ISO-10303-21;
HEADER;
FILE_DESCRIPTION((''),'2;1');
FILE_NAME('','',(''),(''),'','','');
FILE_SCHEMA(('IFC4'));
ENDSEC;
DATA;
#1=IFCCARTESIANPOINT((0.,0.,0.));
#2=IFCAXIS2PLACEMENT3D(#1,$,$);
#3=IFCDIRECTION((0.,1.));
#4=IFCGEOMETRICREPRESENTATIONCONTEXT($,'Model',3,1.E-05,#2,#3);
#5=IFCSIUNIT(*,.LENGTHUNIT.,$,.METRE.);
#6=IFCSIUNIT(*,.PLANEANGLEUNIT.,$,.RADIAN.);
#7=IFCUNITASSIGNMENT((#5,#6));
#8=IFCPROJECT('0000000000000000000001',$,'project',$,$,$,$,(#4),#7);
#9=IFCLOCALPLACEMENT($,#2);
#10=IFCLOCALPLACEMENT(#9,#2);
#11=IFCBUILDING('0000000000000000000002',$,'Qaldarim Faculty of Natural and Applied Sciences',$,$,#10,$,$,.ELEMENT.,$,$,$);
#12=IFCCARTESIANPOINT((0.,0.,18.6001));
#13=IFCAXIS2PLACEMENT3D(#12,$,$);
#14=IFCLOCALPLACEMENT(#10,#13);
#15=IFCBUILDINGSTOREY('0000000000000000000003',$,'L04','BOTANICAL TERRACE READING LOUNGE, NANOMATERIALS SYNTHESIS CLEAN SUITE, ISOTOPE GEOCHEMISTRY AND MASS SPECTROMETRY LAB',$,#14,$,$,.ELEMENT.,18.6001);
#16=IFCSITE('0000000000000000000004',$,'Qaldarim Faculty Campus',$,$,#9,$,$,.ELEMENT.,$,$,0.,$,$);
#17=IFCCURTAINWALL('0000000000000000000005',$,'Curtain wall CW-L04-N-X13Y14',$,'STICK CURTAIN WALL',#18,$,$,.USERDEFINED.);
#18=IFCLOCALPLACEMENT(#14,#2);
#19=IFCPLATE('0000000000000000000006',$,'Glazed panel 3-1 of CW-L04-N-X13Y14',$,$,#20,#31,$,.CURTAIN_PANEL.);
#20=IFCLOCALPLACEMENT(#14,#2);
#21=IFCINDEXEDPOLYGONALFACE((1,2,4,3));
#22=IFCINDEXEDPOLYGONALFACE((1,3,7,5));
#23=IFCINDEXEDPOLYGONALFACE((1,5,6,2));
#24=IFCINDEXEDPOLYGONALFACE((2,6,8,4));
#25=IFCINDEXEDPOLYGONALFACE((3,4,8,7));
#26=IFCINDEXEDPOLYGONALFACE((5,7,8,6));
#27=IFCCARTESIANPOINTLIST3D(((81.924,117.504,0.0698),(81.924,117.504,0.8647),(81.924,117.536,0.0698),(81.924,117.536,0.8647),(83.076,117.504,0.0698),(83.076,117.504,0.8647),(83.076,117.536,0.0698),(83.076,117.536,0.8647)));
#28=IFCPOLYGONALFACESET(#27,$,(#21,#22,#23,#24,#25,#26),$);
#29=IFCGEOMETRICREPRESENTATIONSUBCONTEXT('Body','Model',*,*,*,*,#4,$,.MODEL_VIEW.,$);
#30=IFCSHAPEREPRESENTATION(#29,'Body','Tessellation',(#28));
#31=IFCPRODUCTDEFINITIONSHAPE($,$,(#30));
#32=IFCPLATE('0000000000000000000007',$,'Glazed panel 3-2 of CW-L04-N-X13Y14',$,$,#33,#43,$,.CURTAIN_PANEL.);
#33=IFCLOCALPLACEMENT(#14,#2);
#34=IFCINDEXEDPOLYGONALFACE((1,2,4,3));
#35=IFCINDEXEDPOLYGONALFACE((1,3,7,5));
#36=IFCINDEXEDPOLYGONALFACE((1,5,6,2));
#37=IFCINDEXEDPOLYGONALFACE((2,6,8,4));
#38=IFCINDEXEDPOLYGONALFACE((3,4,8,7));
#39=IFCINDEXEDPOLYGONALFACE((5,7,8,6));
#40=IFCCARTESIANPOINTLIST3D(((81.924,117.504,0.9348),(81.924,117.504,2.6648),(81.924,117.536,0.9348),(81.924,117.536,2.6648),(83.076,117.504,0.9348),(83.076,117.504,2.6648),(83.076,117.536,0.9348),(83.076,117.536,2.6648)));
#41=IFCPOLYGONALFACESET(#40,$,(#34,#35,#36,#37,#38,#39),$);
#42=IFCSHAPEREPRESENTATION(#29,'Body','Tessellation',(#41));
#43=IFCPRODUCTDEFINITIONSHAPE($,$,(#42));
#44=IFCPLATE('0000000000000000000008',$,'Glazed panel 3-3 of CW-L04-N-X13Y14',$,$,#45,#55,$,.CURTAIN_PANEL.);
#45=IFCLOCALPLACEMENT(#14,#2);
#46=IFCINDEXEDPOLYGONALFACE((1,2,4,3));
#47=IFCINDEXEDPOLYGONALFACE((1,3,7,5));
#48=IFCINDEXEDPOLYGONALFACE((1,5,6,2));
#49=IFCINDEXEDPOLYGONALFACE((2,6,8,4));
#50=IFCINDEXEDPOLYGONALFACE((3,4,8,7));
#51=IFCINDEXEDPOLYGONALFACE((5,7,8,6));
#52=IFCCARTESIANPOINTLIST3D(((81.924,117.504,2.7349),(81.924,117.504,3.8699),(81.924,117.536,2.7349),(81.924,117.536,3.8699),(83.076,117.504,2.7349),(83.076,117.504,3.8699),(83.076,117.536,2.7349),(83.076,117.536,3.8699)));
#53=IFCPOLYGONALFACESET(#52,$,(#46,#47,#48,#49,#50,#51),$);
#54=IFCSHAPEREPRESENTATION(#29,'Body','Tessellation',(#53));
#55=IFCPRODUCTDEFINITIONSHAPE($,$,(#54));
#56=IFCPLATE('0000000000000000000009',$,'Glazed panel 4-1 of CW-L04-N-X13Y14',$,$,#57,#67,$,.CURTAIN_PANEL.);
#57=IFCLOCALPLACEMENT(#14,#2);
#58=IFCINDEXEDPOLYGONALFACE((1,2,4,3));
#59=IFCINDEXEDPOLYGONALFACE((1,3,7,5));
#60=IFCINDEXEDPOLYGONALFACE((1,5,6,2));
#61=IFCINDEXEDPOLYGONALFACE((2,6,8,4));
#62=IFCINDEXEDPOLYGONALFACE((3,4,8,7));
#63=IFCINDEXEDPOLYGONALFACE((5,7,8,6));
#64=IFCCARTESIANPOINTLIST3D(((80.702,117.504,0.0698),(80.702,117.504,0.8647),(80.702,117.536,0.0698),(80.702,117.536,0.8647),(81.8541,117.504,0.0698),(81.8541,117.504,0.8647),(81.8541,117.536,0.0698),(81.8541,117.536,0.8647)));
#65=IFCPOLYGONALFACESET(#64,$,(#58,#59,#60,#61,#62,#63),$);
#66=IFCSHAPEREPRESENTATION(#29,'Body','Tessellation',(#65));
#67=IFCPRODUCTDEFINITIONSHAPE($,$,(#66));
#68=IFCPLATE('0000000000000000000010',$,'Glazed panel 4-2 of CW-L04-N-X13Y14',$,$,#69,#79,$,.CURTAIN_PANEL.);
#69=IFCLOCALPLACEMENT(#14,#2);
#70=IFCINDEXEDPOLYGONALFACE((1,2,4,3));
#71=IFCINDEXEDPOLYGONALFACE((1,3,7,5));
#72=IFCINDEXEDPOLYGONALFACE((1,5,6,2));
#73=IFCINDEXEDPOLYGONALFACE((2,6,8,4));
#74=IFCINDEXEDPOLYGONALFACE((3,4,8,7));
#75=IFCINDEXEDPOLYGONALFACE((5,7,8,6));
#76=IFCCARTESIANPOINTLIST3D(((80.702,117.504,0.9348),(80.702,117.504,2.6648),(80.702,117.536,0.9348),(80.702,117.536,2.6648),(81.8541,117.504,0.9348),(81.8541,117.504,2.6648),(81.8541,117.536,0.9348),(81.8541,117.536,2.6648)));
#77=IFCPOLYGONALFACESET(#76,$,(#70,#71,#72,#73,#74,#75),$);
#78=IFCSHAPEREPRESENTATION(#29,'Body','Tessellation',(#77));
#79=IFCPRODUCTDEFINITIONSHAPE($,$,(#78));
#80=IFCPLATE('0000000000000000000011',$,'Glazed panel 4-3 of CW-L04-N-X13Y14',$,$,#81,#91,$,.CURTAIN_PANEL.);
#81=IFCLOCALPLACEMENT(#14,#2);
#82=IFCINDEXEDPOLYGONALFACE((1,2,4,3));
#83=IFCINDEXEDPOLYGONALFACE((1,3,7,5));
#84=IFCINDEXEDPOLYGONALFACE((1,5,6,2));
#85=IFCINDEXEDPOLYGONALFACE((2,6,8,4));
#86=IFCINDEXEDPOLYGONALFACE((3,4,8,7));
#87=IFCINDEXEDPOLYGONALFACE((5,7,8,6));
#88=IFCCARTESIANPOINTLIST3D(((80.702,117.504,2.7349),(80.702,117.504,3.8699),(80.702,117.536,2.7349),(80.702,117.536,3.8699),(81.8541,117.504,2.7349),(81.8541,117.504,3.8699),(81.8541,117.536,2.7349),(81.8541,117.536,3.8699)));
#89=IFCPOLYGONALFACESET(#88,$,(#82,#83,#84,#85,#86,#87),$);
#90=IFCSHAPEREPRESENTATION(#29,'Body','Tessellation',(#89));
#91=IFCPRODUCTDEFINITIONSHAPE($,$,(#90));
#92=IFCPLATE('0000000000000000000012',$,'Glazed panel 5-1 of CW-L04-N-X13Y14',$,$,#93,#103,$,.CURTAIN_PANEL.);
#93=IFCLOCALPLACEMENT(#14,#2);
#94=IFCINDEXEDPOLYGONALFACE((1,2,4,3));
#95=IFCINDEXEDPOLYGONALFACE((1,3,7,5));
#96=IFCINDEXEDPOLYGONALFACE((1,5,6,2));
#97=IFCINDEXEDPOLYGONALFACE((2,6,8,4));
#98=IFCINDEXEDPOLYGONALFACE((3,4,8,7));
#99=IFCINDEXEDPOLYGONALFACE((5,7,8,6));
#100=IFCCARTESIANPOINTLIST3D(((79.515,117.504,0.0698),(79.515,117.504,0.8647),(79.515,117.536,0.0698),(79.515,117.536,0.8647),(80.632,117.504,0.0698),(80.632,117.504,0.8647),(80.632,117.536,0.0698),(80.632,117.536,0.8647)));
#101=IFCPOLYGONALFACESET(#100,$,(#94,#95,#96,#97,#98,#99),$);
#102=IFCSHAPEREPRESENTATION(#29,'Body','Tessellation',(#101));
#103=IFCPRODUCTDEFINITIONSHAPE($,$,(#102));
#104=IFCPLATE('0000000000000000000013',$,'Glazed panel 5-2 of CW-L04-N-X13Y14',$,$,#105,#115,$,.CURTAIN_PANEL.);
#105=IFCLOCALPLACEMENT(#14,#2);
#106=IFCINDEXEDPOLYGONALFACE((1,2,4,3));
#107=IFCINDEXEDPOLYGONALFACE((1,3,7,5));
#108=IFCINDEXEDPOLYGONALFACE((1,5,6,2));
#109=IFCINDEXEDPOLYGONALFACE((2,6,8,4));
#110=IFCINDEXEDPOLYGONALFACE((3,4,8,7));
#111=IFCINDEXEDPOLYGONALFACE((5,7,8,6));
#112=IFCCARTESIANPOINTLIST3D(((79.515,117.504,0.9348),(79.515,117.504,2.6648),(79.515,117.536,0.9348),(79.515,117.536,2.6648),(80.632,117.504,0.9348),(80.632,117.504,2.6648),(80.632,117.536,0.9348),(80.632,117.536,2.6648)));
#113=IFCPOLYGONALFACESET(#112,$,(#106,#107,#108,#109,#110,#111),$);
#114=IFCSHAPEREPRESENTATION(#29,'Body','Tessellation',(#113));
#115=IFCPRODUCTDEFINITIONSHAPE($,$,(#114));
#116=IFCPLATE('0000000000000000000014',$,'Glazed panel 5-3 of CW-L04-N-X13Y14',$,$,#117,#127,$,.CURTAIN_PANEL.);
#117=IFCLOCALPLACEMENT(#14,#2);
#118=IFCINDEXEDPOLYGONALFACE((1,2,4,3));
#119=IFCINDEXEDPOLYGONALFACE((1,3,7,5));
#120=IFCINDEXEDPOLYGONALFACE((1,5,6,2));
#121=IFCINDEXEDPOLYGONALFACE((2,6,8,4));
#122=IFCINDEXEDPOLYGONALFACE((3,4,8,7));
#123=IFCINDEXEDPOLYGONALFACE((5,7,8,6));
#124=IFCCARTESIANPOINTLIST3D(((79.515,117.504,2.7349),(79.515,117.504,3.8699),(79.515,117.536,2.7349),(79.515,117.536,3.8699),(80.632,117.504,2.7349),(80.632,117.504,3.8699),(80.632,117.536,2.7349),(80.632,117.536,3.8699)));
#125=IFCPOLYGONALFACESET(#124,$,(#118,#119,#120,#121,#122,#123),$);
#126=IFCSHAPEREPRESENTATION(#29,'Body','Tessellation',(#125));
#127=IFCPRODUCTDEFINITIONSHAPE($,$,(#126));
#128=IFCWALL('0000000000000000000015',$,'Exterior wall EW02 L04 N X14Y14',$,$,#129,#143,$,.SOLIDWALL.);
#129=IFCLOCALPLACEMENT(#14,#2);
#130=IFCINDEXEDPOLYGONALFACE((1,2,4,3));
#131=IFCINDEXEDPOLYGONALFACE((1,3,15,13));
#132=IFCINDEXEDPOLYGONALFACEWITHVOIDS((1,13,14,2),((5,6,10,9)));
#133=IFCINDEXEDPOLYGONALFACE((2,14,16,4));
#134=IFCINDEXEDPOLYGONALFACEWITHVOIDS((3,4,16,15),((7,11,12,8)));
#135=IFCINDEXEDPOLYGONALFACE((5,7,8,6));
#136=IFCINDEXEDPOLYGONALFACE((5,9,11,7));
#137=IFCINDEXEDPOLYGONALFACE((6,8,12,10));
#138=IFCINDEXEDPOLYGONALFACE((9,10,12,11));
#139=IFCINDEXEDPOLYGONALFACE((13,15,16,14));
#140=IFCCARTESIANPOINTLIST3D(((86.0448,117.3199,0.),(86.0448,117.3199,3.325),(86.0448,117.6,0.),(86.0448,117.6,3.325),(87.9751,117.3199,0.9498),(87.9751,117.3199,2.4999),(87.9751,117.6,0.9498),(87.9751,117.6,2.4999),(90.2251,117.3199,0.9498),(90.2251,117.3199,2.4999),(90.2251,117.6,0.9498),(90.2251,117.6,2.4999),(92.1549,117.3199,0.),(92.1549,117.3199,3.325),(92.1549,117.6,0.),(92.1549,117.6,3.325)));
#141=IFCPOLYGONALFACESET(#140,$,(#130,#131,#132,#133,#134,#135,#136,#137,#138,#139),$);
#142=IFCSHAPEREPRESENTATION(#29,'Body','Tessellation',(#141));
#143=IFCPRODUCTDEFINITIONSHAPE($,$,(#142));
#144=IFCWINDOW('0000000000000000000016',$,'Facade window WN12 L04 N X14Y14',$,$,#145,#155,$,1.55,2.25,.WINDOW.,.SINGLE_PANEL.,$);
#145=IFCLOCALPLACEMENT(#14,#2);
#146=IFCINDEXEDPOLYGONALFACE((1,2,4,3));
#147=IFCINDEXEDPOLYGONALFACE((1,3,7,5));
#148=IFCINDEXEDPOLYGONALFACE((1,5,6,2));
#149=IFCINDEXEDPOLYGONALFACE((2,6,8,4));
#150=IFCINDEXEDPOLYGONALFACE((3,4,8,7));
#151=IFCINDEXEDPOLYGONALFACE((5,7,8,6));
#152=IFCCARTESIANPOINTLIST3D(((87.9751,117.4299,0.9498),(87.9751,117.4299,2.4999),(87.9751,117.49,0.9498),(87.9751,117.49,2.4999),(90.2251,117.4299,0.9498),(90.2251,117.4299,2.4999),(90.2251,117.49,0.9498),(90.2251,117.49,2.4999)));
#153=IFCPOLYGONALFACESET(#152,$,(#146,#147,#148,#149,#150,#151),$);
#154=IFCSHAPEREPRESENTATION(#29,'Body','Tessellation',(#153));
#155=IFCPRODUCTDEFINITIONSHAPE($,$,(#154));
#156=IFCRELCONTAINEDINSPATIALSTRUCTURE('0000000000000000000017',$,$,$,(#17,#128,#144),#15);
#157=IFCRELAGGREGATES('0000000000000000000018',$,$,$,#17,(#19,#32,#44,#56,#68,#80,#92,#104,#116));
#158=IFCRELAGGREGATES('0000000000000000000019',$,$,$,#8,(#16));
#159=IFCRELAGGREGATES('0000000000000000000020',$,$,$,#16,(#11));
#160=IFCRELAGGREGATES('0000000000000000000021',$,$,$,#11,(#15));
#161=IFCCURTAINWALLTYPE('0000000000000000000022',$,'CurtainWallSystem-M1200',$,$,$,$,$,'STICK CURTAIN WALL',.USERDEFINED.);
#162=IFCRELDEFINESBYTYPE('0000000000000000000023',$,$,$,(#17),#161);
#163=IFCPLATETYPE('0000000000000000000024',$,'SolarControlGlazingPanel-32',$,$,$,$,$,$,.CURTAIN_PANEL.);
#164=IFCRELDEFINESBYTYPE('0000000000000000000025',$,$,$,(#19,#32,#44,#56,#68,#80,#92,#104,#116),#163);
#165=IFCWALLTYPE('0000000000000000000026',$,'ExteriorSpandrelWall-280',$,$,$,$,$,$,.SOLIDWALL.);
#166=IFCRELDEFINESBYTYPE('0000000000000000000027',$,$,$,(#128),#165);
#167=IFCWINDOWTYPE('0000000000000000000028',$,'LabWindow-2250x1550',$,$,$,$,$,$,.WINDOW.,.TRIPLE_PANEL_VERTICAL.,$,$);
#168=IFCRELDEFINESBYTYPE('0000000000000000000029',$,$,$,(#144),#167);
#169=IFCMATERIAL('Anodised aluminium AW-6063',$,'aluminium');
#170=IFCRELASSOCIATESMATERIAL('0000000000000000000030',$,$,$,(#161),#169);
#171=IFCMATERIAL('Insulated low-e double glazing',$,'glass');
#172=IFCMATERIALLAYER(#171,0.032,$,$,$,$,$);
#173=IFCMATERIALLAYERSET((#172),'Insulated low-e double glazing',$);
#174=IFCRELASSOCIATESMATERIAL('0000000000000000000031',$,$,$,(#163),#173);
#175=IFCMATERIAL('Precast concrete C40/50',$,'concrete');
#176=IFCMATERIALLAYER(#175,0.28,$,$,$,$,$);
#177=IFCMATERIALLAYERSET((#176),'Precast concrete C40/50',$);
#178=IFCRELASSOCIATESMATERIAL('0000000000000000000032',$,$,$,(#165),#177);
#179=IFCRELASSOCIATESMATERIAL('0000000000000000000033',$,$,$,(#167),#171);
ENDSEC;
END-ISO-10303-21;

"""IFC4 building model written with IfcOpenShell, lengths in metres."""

from ifc_helpers import new_model, si_unit, direction, frame, frame_2d, origin, origin_2d, place, context, subcontext, project, spatial, rectangle, extrude, material, layer, layer_set, type_object, element, fill, aggregate, save


model = new_model("IFC4")

# Units and contexts
model_context = context("Model", 3, precision=1e-05, world=origin(), true_north=direction((0.0, 1.0)))
body_context = subcontext(model_context, "Body", "Model", "MODEL_VIEW")
ifc_project = project(units=[si_unit("LENGTHUNIT", "METRE"), si_unit("PLANEANGLEUNIT", "RADIAN")], contexts=[model_context])

# Site, building, storey
site_placement = place(None, origin())
site = spatial("IfcSite", under=ifc_project, at=site_placement, Name="Qaldarim Faculty Campus", CompositionType="ELEMENT", RefElevation=0.0)
building_placement = place(site_placement, origin())
building = spatial("IfcBuilding", under=site, at=building_placement, Name="Qaldarim Faculty of Natural and Applied Sciences", CompositionType="ELEMENT")
storey_placement = place(building_placement, frame((0.0, 0.0, 18.6001)))
storey = spatial("IfcBuildingStorey", under=building, at=storey_placement, Name="L04", Description="BOTANICAL TERRACE READING LOUNGE, NANOMATERIALS SYNTHESIS CLEAN SUITE, ISOTOPE GEOCHEMISTRY AND MASS SPECTROMETRY LAB", CompositionType="ELEMENT", Elevation=18.6001)

# Curtain wall, plates
ifc_material_1 = material(Name="Anodised aluminium AW-6063", Category="aluminium")
curtain_wall_type = type_object("IfcCurtainWallType", Name="CurtainWallSystem-M1200", ElementType="STICK CURTAIN WALL", PredefinedType="USERDEFINED", material=ifc_material_1)
curtain_wall_placement = place(storey_placement, origin())
curtain_wall = element("IfcCurtainWall", 1, at=curtain_wall_placement, inside=storey, type_object=curtain_wall_type, Name="Curtain wall CW-L04-N-X13Y14", ObjectType="STICK CURTAIN WALL", PredefinedType="USERDEFINED")
ifc_material_2 = material(Name="Insulated low-e double glazing", Category="glass")
ifc_layer_1 = layer(ifc_material_2, 0.032)
ifc_layer_set_1 = layer_set([ifc_layer_1], Name="Insulated low-e double glazing")
plate_type = type_object("IfcPlateType", Name="SolarControlGlazingPanel-32", PredefinedType="CURTAIN_PANEL", material=ifc_layer_set_1)
plate_1_placement = place(storey_placement, frame((82.5, 117.52, 0.0698), z_axis=(0.0, 0.0, 1.0), x_axis=(-1.0, 0.0, 0.0)))
plate_1 = element("IfcPlate", 2, at=plate_1_placement, type_object=plate_type, Name="Glazed panel 3-1 of CW-L04-N-X13Y14", PredefinedType="CURTAIN_PANEL", context=body_context, shape_type="SweptSolid", body=[
    extrude(rectangle(XDim=1.1521, YDim=0.032, at=origin_2d()), origin(), (0.0, 0.0, 1.0), 0.7949),
])
plate_2_placement = place(storey_placement, frame((82.5, 117.52, 0.9348), z_axis=(0.0, 0.0, 1.0), x_axis=(-1.0, 0.0, 0.0)))
plate_2 = element("IfcPlate", 3, at=plate_2_placement, type_object=plate_type, Name="Glazed panel 3-2 of CW-L04-N-X13Y14", PredefinedType="CURTAIN_PANEL", context=body_context, shape_type="SweptSolid", body=[
    extrude(rectangle(XDim=1.1521, YDim=0.032, at=origin_2d()), origin(), (0.0, 0.0, 1.0), 1.73),
])
plate_3_placement = place(storey_placement, frame((82.5, 117.52, 2.7349), z_axis=(0.0, 0.0, 1.0), x_axis=(-1.0, 0.0, 0.0)))
plate_3 = element("IfcPlate", 4, at=plate_3_placement, type_object=plate_type, Name="Glazed panel 3-3 of CW-L04-N-X13Y14", PredefinedType="CURTAIN_PANEL", context=body_context, shape_type="SweptSolid", body=[
    extrude(rectangle(XDim=1.1521, YDim=0.032, at=origin_2d()), origin(), (0.0, 0.0, 1.0), 1.135),
])
plate_4_placement = place(storey_placement, frame((81.2781, 117.52, 0.0698), z_axis=(0.0, 0.0, 1.0), x_axis=(-1.0, 0.0, 0.0)))
plate_4 = element("IfcPlate", 5, at=plate_4_placement, type_object=plate_type, Name="Glazed panel 4-1 of CW-L04-N-X13Y14", PredefinedType="CURTAIN_PANEL", context=body_context, shape_type="SweptSolid", body=[
    extrude(rectangle(XDim=1.1521, YDim=0.032, at=origin_2d()), origin(), (0.0, 0.0, 1.0), 0.7949),
])
plate_5_placement = place(storey_placement, frame((81.2781, 117.52, 0.9348), z_axis=(0.0, 0.0, 1.0), x_axis=(-1.0, 0.0, 0.0)))
plate_5 = element("IfcPlate", 6, at=plate_5_placement, type_object=plate_type, Name="Glazed panel 4-2 of CW-L04-N-X13Y14", PredefinedType="CURTAIN_PANEL", context=body_context, shape_type="SweptSolid", body=[
    extrude(rectangle(XDim=1.1521, YDim=0.032, at=origin_2d()), origin(), (0.0, 0.0, 1.0), 1.73),
])
plate_6_placement = place(storey_placement, frame((81.2781, 117.52, 2.7349), z_axis=(0.0, 0.0, 1.0), x_axis=(-1.0, 0.0, 0.0)))
plate_6 = element("IfcPlate", 7, at=plate_6_placement, type_object=plate_type, Name="Glazed panel 4-3 of CW-L04-N-X13Y14", PredefinedType="CURTAIN_PANEL", context=body_context, shape_type="SweptSolid", body=[
    extrude(rectangle(XDim=1.1521, YDim=0.032, at=origin_2d()), origin(), (0.0, 0.0, 1.0), 1.135),
])
plate_7_placement = place(storey_placement, frame((80.0735, 117.52, 0.0698), z_axis=(0.0, 0.0, 1.0), x_axis=(-1.0, 0.0, 0.0)))
plate_7 = element("IfcPlate", 8, at=plate_7_placement, type_object=plate_type, Name="Glazed panel 5-1 of CW-L04-N-X13Y14", PredefinedType="CURTAIN_PANEL", context=body_context, shape_type="SweptSolid", body=[
    extrude(rectangle(XDim=1.1169, YDim=0.032, at=origin_2d()), origin(), (0.0, 0.0, 1.0), 0.7949),
])
plate_8_placement = place(storey_placement, frame((80.0735, 117.52, 0.9348), z_axis=(0.0, 0.0, 1.0), x_axis=(-1.0, 0.0, 0.0)))
plate_8 = element("IfcPlate", 9, at=plate_8_placement, type_object=plate_type, Name="Glazed panel 5-2 of CW-L04-N-X13Y14", PredefinedType="CURTAIN_PANEL", context=body_context, shape_type="SweptSolid", body=[
    extrude(rectangle(XDim=1.1169, YDim=0.032, at=origin_2d()), origin(), (0.0, 0.0, 1.0), 1.73),
])
plate_9_placement = place(storey_placement, frame((80.0735, 117.52, 2.7349), z_axis=(0.0, 0.0, 1.0), x_axis=(-1.0, 0.0, 0.0)))
plate_9 = element("IfcPlate", 10, at=plate_9_placement, type_object=plate_type, Name="Glazed panel 5-3 of CW-L04-N-X13Y14", PredefinedType="CURTAIN_PANEL", context=body_context, shape_type="SweptSolid", body=[
    extrude(rectangle(XDim=1.1169, YDim=0.032, at=origin_2d()), origin(), (0.0, 0.0, 1.0), 1.135),
])
aggregate(curtain_wall, [plate_1, plate_2, plate_3, plate_4, plate_5, plate_6, plate_7, plate_8, plate_9])

# Wall, opening, window
ifc_material_3 = material(Name="Precast concrete C40/50", Category="concrete")
ifc_layer_2 = layer(ifc_material_3, 0.28)
ifc_layer_set_2 = layer_set([ifc_layer_2], Name="Precast concrete C40/50")
wall_type = type_object("IfcWallType", Name="ExteriorSpandrelWall-280", PredefinedType="SOLIDWALL", material=ifc_layer_set_2)
wall_placement = place(storey_placement, frame((92.155, 117.46, 0.0), z_axis=(0.0, 0.0, 1.0), x_axis=(-1.0, 0.0, 0.0)))
wall = element("IfcWall", 11, at=wall_placement, inside=storey, type_object=wall_type, Name="Exterior wall EW02 L04 N X14Y14", PredefinedType="SOLIDWALL", context=body_context, shape_type="SweptSolid", body=[
    extrude(rectangle(XDim=6.1101, YDim=0.28, at=frame_2d((3.0552, 0.0))), origin(), (0.0, 0.0, 1.0), 3.325),
])
opening_placement = place(wall_placement, frame((1.9299, 0.0, 0.95)))
opening = element("IfcOpeningElement", 12, at=opening_placement, cuts=wall, PredefinedType="OPENING", context=body_context, shape_type="SweptSolid", body=[
    extrude(rectangle(XDim=2.25, YDim=1.55, at=frame_2d((1.125, 0.7749))), frame((0.0, 0.1499, 0.0), z_axis=(0.0, -1.0, 0.0), x_axis=(1.0, 0.0, 0.0)), (0.0, 0.0, 1.0), 0.3),
])
window_type = type_object("IfcWindowType", Name="LabWindow-2250x1550", PartitioningType="TRIPLE_PANEL_VERTICAL", PredefinedType="WINDOW", material=ifc_material_2)
window_placement = place(opening_placement, origin())
window = element("IfcWindow", 13, at=window_placement, inside=storey, type_object=window_type, Name="Facade window WN12 L04 N X14Y14", OverallHeight=1.55, OverallWidth=2.25, PartitioningType="SINGLE_PANEL", PredefinedType="WINDOW", context=body_context, shape_type="SweptSolid", body=[
    extrude(rectangle(XDim=2.25, YDim=1.55, at=frame_2d((1.125, 0.7749))), frame((0.0, 0.03, 0.0), z_axis=(0.0, -1.0, 0.0), x_axis=(1.0, 0.0, 0.0)), (0.0, 0.0, 1.0), 0.0601),
])
fill(opening, window)

save(model, "model.ifc")
